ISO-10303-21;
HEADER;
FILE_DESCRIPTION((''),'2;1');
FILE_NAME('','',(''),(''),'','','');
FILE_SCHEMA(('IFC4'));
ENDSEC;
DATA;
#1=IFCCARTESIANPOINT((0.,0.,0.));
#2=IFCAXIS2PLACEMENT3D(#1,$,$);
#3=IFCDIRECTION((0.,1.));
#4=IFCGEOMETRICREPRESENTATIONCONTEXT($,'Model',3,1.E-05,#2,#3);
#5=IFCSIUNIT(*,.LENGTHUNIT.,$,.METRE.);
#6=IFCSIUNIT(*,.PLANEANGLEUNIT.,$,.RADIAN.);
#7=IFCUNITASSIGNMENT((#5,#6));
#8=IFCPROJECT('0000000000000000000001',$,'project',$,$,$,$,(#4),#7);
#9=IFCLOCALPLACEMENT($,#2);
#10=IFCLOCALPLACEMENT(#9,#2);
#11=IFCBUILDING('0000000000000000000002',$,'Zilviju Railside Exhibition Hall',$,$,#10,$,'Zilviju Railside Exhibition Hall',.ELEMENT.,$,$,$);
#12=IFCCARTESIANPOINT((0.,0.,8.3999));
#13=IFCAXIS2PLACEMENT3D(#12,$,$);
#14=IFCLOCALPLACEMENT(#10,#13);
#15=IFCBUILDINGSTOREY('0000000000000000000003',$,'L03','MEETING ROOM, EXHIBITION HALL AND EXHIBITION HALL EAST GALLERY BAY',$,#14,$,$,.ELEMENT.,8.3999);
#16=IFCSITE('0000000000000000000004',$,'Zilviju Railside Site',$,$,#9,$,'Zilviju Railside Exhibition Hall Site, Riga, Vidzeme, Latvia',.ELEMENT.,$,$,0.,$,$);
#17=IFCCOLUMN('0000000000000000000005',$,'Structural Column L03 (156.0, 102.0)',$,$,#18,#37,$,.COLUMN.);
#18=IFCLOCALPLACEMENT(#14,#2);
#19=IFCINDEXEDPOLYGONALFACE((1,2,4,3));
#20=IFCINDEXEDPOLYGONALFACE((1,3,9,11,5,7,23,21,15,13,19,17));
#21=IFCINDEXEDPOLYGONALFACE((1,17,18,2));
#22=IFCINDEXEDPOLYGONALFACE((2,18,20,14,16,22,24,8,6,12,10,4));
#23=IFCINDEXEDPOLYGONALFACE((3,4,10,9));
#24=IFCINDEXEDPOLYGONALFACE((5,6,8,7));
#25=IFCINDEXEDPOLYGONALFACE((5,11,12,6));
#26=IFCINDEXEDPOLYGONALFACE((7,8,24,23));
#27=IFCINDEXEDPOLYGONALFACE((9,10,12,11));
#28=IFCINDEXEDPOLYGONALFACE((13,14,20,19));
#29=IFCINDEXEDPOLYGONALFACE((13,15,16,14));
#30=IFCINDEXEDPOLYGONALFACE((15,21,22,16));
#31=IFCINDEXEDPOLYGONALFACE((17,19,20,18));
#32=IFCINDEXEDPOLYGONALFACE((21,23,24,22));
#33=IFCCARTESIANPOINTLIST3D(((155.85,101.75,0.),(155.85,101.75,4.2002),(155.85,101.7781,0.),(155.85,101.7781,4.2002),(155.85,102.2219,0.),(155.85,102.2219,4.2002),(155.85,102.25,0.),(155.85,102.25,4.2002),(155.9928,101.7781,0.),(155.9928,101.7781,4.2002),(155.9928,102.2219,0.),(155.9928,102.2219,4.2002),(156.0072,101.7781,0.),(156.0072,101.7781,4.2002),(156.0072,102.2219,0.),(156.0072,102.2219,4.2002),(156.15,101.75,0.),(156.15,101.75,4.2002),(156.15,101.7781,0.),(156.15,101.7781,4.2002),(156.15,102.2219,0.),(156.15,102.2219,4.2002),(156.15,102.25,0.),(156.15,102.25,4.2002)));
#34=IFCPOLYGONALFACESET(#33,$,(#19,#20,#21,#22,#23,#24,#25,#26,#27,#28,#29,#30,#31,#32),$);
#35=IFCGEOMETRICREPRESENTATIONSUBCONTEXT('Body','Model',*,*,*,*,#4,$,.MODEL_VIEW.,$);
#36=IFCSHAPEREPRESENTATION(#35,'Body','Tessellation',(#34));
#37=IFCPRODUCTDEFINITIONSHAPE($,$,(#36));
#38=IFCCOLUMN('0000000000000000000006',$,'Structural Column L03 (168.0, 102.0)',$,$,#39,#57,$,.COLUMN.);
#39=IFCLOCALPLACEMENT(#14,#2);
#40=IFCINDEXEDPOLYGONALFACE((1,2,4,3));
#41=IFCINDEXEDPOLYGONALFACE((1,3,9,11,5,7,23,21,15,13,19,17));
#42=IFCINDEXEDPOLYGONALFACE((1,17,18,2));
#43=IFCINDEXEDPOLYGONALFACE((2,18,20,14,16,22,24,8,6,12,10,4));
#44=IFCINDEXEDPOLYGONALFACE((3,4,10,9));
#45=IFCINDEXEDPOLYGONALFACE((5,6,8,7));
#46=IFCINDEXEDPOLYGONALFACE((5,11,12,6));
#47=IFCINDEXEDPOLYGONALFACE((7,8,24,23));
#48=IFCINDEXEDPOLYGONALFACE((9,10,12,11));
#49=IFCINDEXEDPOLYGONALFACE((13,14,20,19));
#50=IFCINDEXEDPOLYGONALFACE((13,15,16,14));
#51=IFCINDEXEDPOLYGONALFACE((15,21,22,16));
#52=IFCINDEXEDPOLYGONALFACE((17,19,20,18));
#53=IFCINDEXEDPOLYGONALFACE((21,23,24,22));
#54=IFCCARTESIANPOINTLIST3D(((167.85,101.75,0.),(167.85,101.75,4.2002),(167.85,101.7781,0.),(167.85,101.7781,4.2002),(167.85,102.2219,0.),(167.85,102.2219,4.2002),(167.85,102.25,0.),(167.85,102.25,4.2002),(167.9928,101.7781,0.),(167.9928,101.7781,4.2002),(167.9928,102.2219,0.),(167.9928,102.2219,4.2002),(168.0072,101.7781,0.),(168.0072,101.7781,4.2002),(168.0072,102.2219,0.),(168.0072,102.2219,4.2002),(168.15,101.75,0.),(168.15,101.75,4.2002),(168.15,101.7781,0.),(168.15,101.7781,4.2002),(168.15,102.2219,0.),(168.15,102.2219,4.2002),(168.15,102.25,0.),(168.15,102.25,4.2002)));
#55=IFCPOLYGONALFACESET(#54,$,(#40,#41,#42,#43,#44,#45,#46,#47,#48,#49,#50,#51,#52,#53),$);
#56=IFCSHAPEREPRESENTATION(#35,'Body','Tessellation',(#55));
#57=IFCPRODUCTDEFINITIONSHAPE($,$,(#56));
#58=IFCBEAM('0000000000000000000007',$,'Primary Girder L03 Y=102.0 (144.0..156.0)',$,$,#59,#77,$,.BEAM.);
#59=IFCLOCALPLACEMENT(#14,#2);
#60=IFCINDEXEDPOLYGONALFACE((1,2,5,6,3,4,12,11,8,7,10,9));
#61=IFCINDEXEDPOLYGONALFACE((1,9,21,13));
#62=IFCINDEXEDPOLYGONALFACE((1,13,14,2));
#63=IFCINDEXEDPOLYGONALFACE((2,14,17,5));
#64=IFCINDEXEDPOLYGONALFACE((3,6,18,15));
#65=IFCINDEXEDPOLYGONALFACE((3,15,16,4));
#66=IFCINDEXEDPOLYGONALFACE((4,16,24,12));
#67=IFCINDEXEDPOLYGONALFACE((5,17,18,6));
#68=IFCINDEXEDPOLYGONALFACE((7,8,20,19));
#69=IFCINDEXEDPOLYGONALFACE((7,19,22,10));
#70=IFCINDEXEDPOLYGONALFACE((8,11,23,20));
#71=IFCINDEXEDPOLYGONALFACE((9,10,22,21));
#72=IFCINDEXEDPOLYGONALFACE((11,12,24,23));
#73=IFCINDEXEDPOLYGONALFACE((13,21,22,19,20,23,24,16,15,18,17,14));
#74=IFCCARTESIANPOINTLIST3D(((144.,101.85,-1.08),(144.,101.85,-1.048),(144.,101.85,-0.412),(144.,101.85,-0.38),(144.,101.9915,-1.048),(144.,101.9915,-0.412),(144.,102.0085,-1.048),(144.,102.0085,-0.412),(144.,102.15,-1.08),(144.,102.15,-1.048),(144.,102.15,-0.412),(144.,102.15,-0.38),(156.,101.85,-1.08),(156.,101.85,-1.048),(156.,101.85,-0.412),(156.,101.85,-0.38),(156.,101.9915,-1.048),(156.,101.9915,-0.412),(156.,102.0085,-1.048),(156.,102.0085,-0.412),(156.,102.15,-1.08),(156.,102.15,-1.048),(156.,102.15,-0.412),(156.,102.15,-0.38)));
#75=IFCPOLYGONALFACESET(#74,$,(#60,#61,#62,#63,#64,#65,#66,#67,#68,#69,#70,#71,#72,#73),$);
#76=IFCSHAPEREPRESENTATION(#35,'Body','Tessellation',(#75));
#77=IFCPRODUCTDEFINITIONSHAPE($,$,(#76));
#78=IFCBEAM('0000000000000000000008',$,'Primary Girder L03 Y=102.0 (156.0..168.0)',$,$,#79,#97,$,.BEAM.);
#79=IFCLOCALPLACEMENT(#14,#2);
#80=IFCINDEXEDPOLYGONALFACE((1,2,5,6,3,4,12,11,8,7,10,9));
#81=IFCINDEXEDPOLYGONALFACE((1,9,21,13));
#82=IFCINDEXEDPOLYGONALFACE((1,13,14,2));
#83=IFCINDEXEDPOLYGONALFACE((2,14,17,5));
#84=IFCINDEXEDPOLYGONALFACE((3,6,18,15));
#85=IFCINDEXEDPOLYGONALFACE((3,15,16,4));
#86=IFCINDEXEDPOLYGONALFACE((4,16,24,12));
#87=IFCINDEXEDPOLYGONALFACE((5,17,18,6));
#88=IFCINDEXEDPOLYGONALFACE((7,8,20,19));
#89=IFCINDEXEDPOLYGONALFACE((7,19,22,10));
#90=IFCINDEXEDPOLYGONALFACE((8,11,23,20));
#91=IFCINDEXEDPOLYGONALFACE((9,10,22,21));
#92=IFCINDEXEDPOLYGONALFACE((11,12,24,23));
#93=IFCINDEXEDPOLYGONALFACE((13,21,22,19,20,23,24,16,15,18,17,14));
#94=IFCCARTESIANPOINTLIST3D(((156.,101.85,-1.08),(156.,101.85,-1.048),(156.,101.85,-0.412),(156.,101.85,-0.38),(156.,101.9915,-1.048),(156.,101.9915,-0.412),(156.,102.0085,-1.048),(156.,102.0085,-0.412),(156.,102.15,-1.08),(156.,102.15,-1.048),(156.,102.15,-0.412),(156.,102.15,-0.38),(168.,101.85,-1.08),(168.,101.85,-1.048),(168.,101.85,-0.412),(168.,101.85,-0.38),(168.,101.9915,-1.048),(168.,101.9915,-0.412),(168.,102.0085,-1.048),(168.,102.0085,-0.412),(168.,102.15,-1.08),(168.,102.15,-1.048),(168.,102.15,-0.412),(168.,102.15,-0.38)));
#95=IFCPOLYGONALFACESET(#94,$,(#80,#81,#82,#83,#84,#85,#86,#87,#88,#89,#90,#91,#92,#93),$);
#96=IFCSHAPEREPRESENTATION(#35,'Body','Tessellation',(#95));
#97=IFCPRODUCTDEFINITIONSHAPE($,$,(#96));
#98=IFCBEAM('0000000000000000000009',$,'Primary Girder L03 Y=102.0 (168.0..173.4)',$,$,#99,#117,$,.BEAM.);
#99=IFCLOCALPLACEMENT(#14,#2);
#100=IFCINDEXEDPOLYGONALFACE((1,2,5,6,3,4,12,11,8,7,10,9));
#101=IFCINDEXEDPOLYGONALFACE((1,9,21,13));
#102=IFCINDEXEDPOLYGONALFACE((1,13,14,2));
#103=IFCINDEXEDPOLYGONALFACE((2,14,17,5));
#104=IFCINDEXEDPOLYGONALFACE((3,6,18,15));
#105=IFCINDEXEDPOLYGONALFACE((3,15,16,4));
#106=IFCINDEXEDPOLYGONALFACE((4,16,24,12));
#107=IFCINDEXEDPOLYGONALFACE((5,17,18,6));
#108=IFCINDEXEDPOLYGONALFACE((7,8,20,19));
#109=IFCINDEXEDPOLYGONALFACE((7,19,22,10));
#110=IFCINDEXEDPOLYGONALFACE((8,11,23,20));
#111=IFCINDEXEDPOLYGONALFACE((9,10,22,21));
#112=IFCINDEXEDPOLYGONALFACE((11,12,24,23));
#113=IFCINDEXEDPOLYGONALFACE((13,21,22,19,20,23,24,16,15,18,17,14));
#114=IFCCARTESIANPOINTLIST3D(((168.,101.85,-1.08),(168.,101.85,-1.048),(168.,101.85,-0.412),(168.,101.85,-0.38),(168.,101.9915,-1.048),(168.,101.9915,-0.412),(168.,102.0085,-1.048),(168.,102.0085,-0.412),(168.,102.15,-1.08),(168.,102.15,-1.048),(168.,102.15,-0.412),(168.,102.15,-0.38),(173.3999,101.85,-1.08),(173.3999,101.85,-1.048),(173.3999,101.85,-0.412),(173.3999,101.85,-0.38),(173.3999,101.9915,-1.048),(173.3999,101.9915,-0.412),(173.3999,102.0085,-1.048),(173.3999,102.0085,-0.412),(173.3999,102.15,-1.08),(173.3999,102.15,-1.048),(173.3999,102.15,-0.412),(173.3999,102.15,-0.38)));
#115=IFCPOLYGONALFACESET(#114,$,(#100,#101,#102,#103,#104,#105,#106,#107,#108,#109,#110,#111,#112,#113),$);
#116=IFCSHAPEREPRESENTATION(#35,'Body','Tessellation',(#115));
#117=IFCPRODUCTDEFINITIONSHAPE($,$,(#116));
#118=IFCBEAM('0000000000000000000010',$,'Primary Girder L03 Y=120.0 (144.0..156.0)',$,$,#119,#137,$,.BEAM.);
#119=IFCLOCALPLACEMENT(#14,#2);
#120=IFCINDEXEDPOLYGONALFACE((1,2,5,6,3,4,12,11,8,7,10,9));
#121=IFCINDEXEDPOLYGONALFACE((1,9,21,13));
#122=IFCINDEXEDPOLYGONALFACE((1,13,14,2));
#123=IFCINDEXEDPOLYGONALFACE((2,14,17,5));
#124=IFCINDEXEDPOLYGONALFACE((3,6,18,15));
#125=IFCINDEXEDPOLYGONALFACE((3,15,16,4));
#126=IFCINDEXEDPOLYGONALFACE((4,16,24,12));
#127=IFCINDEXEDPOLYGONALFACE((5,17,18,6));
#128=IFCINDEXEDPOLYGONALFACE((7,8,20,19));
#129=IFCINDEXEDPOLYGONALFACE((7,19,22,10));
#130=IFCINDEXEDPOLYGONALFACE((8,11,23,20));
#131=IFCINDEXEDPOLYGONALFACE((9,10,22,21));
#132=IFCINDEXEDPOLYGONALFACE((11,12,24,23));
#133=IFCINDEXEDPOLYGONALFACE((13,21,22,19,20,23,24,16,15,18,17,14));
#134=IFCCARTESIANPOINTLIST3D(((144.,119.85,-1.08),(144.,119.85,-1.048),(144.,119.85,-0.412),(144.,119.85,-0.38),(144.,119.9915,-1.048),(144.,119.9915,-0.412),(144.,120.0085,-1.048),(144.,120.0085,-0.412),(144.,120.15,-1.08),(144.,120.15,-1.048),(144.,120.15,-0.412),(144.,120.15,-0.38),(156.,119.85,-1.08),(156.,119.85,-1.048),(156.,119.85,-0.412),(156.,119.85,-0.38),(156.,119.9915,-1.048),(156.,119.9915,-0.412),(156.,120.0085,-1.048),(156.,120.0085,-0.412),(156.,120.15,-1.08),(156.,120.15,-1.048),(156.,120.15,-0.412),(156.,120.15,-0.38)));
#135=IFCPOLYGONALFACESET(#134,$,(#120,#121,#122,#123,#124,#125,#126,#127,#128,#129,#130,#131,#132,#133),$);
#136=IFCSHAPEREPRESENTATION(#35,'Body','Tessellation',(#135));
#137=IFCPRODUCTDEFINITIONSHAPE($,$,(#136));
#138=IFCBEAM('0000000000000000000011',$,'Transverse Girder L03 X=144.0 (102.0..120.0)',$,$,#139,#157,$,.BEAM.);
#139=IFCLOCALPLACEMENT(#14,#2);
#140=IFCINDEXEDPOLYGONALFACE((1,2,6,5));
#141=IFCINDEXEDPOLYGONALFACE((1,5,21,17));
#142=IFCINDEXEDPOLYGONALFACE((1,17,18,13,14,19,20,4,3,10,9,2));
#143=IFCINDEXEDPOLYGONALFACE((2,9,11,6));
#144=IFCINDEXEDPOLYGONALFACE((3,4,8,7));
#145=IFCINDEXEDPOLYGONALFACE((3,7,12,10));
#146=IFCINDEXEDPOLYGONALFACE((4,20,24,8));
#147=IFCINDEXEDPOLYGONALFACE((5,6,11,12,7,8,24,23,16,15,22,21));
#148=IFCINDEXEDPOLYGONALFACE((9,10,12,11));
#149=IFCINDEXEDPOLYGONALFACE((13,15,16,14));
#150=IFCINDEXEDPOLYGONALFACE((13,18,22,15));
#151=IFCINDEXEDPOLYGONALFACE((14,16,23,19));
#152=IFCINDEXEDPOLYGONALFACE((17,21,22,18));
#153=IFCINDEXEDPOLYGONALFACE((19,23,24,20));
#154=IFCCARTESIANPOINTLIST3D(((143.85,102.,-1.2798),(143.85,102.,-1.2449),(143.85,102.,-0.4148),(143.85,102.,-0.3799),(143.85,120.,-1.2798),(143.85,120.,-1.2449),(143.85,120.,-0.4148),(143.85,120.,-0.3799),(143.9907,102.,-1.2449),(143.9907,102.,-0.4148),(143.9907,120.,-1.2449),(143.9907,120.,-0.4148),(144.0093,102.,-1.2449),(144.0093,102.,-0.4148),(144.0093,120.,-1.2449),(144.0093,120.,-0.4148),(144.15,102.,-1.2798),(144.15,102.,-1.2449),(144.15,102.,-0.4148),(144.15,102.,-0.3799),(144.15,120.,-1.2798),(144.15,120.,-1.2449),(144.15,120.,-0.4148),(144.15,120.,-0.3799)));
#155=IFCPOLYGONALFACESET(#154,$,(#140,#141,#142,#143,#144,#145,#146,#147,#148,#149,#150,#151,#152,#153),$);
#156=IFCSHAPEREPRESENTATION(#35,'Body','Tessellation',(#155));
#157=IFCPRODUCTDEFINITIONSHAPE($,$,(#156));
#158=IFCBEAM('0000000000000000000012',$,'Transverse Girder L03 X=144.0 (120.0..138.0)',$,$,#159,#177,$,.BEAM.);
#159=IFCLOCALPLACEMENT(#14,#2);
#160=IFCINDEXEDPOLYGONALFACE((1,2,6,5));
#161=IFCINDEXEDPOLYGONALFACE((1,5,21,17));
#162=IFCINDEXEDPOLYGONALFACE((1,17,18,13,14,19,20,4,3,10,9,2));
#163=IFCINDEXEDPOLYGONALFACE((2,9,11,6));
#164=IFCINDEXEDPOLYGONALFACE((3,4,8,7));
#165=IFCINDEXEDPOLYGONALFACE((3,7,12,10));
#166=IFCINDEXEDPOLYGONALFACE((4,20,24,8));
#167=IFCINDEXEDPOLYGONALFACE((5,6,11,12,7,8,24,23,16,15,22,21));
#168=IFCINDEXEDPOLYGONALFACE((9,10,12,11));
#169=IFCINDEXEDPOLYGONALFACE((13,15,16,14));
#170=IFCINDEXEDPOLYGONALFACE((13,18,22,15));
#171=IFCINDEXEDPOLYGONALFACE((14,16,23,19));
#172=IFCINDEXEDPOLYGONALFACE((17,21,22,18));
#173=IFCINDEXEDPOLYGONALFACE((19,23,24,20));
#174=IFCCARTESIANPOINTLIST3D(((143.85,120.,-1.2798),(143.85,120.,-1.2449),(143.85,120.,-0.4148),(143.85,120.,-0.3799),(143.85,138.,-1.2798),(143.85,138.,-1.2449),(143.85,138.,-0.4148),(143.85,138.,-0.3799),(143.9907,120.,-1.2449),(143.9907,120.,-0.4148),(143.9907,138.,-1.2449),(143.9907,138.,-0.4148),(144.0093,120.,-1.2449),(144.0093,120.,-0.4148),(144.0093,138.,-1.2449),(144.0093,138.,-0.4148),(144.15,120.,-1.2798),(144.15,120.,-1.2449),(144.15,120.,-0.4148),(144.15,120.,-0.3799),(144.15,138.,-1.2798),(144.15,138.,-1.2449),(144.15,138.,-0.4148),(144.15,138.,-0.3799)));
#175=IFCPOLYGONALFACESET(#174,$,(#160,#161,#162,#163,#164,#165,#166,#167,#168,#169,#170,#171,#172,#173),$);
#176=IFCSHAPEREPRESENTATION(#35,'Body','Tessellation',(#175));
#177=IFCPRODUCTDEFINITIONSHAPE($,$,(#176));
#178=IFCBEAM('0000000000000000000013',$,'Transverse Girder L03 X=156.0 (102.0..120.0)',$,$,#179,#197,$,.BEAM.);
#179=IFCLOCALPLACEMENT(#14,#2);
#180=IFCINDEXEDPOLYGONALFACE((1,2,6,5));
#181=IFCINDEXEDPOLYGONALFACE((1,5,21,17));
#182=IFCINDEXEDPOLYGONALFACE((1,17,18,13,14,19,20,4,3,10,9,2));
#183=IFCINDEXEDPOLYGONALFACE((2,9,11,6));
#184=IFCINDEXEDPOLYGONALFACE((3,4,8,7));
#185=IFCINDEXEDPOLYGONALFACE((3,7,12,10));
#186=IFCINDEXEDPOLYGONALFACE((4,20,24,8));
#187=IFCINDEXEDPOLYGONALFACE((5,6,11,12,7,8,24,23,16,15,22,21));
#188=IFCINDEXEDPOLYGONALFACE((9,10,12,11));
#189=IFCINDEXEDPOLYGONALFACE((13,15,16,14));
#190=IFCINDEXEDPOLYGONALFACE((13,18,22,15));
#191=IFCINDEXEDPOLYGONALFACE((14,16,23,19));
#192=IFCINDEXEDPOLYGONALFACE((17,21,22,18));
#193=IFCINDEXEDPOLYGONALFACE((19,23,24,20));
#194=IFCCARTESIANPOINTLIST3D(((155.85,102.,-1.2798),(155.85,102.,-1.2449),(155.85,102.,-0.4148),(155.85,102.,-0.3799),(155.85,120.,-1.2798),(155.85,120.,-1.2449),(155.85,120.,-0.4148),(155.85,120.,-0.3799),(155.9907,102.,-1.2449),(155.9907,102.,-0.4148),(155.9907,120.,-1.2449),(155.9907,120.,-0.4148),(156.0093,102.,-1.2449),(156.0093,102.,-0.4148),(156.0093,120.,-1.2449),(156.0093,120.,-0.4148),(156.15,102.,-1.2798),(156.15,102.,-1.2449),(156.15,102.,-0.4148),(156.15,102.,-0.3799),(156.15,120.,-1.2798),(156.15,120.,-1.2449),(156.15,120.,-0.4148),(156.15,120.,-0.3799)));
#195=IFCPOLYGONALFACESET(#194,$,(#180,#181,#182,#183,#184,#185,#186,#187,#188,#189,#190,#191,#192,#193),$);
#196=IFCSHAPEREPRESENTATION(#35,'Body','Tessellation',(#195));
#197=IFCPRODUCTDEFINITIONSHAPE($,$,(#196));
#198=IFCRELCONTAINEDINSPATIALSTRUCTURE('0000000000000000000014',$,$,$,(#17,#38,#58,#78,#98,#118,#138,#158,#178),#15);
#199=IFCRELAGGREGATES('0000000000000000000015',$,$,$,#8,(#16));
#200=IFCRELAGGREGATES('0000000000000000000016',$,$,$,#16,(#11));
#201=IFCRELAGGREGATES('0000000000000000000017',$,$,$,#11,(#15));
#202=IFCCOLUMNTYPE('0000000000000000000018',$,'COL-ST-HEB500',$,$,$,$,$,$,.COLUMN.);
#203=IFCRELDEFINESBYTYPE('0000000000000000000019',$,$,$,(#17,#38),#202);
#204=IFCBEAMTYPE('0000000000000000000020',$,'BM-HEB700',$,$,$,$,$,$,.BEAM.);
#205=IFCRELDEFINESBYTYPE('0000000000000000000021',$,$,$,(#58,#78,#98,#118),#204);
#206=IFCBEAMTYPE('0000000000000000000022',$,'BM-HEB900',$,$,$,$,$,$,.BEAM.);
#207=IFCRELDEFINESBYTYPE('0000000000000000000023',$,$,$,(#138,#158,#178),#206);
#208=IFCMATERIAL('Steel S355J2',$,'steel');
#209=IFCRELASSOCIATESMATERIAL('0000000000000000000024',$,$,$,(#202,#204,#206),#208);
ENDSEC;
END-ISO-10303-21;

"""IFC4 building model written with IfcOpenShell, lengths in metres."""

from ifc_helpers import new_model, si_unit, direction, frame, origin, origin_2d, place, context, subcontext, project, spatial, i_section, extrude, material, material_profile, profile_set, type_object, element, save


model = new_model("IFC4")

# Units and contexts
model_context = context("Model", 3, precision=1e-05, world=origin(), true_north=direction((0.0, 1.0)))
body_context = subcontext(model_context, "Body", "Model", "MODEL_VIEW")
ifc_project = project(units=[si_unit("LENGTHUNIT", "METRE"), si_unit("PLANEANGLEUNIT", "RADIAN")], contexts=[model_context])

# Site, building, storey
site_placement = place(None, origin())
site = spatial("IfcSite", under=ifc_project, at=site_placement, Name="Zilviju Railside Site", LongName="Zilviju Railside Exhibition Hall Site, Riga, Vidzeme, Latvia", CompositionType="ELEMENT", RefElevation=0.0)
building_placement = place(site_placement, origin())
building = spatial("IfcBuilding", under=site, at=building_placement, Name="Zilviju Railside Exhibition Hall", LongName="Zilviju Railside Exhibition Hall", CompositionType="ELEMENT")
storey_placement = place(building_placement, frame((0.0, 0.0, 8.3999)))
storey = spatial("IfcBuildingStorey", under=building, at=storey_placement, Name="L03", Description="MEETING ROOM, EXHIBITION HALL AND EXHIBITION HALL EAST GALLERY BAY", CompositionType="ELEMENT", Elevation=8.3999)

# Columns
ifc_material = material(Name="Steel S355J2", Category="steel")
ifc_material_profile_1 = material_profile(ifc_material, i_section(OverallWidth=0.3, OverallDepth=0.5, WebThickness=0.0144, FlangeThickness=0.0281, at=origin_2d()), Name="HEB 500")
ifc_profile_set_1 = profile_set([ifc_material_profile_1], Name="Steel S355J2")
column_type = type_object("IfcColumnType", Name="COL-ST-HEB500", PredefinedType="COLUMN", material=ifc_profile_set_1)
for number, where, z_axis, x_axis, name in (
    (1, (156.0, 102.0, 0.0), (0.0, 0.0, 1.0), (1.0, 0.0, 0.0), "Structural Column L03 (156.0, 102.0)"),
    (2, (168.0, 102.0, 0.0), (0.0, 0.0, 1.0), (1.0, 0.0, 0.0), "Structural Column L03 (168.0, 102.0)"),
):
    element("IfcColumn", number, at=place(storey_placement, frame(where, z_axis=z_axis, x_axis=x_axis)), inside=storey, type_object=column_type, Name=name, PredefinedType="COLUMN", context=body_context, shape_type="SweptSolid", body=[
        extrude(i_section(OverallWidth=0.3, OverallDepth=0.5, WebThickness=0.0144, FlangeThickness=0.0281, at=origin_2d()), origin(), (0.0, 0.0, 1.0), 4.2002),
    ])

# Beams
ifc_material_profile_2 = material_profile(ifc_material, i_section(OverallWidth=0.3, OverallDepth=0.7, WebThickness=0.0171, FlangeThickness=0.032, at=origin_2d()), Name="HEB 700")
ifc_profile_set_2 = profile_set([ifc_material_profile_2], Name="Steel S355J2")
beam_type_1 = type_object("IfcBeamType", Name="BM-HEB700", PredefinedType="BEAM", material=ifc_profile_set_2)
for number, where, z_axis, x_axis, name in (
    (3, (144.0, 102.0, -0.73), (1.0, 0.0, 0.0), (0.0, 1.0, 0.0), "Primary Girder L03 Y=102.0 (144.0..156.0)"),
    (4, (156.0, 102.0, -0.73), (1.0, 0.0, 0.0), (0.0, 1.0, 0.0), "Primary Girder L03 Y=102.0 (156.0..168.0)"),
):
    element("IfcBeam", number, at=place(storey_placement, frame(where, z_axis=z_axis, x_axis=x_axis)), inside=storey, type_object=beam_type_1, Name=name, PredefinedType="BEAM", context=body_context, shape_type="SweptSolid", body=[
        extrude(i_section(OverallWidth=0.3, OverallDepth=0.7, WebThickness=0.0171, FlangeThickness=0.032, at=origin_2d()), origin(), (0.0, 0.0, 1.0), 12.0),
    ])
beam_1_placement = place(storey_placement, frame((168.0, 102.0, -0.73), z_axis=(1.0, 0.0, 0.0), x_axis=(0.0, 1.0, 0.0)))
element("IfcBeam", 5, at=beam_1_placement, inside=storey, type_object=beam_type_1, Name="Primary Girder L03 Y=102.0 (168.0..173.4)", PredefinedType="BEAM", context=body_context, shape_type="SweptSolid", body=[
    extrude(i_section(OverallWidth=0.3, OverallDepth=0.7, WebThickness=0.0171, FlangeThickness=0.032, at=origin_2d()), origin(), (0.0, 0.0, 1.0), 5.3999),
])
beam_2_placement = place(storey_placement, frame((144.0, 120.0, -0.73), z_axis=(1.0, 0.0, 0.0), x_axis=(0.0, 1.0, 0.0)))
element("IfcBeam", 6, at=beam_2_placement, inside=storey, type_object=beam_type_1, Name="Primary Girder L03 Y=120.0 (144.0..156.0)", PredefinedType="BEAM", context=body_context, shape_type="SweptSolid", body=[
    extrude(i_section(OverallWidth=0.3, OverallDepth=0.7, WebThickness=0.0171, FlangeThickness=0.032, at=origin_2d()), origin(), (0.0, 0.0, 1.0), 12.0),
])
ifc_material_profile_3 = material_profile(ifc_material, i_section(OverallWidth=0.3, OverallDepth=0.8999, WebThickness=0.0186, FlangeThickness=0.0349, at=origin_2d()), Name="HEB 900")
ifc_profile_set_3 = profile_set([ifc_material_profile_3], Name="Steel S355J2")
beam_type_2 = type_object("IfcBeamType", Name="BM-HEB900", PredefinedType="BEAM", material=ifc_profile_set_3)
for number, where, z_axis, x_axis, name in (
    (7, (144.0, 102.0, -0.8298), (0.0, 1.0, 0.0), (-1.0, 0.0, 0.0), "Transverse Girder L03 X=144.0 (102.0..120.0)"),
    (8, (144.0, 120.0, -0.8298), (0.0, 1.0, 0.0), (-1.0, 0.0, 0.0), "Transverse Girder L03 X=144.0 (120.0..138.0)"),
    (9, (156.0, 102.0, -0.8298), (0.0, 1.0, 0.0), (-1.0, 0.0, 0.0), "Transverse Girder L03 X=156.0 (102.0..120.0)"),
):
    element("IfcBeam", number, at=place(storey_placement, frame(where, z_axis=z_axis, x_axis=x_axis)), inside=storey, type_object=beam_type_2, Name=name, PredefinedType="BEAM", context=body_context, shape_type="SweptSolid", body=[
        extrude(i_section(OverallWidth=0.3, OverallDepth=0.8999, WebThickness=0.0186, FlangeThickness=0.0349, at=origin_2d()), origin(), (0.0, 0.0, 1.0), 18.0),
    ])

save(model, "model.ifc")
